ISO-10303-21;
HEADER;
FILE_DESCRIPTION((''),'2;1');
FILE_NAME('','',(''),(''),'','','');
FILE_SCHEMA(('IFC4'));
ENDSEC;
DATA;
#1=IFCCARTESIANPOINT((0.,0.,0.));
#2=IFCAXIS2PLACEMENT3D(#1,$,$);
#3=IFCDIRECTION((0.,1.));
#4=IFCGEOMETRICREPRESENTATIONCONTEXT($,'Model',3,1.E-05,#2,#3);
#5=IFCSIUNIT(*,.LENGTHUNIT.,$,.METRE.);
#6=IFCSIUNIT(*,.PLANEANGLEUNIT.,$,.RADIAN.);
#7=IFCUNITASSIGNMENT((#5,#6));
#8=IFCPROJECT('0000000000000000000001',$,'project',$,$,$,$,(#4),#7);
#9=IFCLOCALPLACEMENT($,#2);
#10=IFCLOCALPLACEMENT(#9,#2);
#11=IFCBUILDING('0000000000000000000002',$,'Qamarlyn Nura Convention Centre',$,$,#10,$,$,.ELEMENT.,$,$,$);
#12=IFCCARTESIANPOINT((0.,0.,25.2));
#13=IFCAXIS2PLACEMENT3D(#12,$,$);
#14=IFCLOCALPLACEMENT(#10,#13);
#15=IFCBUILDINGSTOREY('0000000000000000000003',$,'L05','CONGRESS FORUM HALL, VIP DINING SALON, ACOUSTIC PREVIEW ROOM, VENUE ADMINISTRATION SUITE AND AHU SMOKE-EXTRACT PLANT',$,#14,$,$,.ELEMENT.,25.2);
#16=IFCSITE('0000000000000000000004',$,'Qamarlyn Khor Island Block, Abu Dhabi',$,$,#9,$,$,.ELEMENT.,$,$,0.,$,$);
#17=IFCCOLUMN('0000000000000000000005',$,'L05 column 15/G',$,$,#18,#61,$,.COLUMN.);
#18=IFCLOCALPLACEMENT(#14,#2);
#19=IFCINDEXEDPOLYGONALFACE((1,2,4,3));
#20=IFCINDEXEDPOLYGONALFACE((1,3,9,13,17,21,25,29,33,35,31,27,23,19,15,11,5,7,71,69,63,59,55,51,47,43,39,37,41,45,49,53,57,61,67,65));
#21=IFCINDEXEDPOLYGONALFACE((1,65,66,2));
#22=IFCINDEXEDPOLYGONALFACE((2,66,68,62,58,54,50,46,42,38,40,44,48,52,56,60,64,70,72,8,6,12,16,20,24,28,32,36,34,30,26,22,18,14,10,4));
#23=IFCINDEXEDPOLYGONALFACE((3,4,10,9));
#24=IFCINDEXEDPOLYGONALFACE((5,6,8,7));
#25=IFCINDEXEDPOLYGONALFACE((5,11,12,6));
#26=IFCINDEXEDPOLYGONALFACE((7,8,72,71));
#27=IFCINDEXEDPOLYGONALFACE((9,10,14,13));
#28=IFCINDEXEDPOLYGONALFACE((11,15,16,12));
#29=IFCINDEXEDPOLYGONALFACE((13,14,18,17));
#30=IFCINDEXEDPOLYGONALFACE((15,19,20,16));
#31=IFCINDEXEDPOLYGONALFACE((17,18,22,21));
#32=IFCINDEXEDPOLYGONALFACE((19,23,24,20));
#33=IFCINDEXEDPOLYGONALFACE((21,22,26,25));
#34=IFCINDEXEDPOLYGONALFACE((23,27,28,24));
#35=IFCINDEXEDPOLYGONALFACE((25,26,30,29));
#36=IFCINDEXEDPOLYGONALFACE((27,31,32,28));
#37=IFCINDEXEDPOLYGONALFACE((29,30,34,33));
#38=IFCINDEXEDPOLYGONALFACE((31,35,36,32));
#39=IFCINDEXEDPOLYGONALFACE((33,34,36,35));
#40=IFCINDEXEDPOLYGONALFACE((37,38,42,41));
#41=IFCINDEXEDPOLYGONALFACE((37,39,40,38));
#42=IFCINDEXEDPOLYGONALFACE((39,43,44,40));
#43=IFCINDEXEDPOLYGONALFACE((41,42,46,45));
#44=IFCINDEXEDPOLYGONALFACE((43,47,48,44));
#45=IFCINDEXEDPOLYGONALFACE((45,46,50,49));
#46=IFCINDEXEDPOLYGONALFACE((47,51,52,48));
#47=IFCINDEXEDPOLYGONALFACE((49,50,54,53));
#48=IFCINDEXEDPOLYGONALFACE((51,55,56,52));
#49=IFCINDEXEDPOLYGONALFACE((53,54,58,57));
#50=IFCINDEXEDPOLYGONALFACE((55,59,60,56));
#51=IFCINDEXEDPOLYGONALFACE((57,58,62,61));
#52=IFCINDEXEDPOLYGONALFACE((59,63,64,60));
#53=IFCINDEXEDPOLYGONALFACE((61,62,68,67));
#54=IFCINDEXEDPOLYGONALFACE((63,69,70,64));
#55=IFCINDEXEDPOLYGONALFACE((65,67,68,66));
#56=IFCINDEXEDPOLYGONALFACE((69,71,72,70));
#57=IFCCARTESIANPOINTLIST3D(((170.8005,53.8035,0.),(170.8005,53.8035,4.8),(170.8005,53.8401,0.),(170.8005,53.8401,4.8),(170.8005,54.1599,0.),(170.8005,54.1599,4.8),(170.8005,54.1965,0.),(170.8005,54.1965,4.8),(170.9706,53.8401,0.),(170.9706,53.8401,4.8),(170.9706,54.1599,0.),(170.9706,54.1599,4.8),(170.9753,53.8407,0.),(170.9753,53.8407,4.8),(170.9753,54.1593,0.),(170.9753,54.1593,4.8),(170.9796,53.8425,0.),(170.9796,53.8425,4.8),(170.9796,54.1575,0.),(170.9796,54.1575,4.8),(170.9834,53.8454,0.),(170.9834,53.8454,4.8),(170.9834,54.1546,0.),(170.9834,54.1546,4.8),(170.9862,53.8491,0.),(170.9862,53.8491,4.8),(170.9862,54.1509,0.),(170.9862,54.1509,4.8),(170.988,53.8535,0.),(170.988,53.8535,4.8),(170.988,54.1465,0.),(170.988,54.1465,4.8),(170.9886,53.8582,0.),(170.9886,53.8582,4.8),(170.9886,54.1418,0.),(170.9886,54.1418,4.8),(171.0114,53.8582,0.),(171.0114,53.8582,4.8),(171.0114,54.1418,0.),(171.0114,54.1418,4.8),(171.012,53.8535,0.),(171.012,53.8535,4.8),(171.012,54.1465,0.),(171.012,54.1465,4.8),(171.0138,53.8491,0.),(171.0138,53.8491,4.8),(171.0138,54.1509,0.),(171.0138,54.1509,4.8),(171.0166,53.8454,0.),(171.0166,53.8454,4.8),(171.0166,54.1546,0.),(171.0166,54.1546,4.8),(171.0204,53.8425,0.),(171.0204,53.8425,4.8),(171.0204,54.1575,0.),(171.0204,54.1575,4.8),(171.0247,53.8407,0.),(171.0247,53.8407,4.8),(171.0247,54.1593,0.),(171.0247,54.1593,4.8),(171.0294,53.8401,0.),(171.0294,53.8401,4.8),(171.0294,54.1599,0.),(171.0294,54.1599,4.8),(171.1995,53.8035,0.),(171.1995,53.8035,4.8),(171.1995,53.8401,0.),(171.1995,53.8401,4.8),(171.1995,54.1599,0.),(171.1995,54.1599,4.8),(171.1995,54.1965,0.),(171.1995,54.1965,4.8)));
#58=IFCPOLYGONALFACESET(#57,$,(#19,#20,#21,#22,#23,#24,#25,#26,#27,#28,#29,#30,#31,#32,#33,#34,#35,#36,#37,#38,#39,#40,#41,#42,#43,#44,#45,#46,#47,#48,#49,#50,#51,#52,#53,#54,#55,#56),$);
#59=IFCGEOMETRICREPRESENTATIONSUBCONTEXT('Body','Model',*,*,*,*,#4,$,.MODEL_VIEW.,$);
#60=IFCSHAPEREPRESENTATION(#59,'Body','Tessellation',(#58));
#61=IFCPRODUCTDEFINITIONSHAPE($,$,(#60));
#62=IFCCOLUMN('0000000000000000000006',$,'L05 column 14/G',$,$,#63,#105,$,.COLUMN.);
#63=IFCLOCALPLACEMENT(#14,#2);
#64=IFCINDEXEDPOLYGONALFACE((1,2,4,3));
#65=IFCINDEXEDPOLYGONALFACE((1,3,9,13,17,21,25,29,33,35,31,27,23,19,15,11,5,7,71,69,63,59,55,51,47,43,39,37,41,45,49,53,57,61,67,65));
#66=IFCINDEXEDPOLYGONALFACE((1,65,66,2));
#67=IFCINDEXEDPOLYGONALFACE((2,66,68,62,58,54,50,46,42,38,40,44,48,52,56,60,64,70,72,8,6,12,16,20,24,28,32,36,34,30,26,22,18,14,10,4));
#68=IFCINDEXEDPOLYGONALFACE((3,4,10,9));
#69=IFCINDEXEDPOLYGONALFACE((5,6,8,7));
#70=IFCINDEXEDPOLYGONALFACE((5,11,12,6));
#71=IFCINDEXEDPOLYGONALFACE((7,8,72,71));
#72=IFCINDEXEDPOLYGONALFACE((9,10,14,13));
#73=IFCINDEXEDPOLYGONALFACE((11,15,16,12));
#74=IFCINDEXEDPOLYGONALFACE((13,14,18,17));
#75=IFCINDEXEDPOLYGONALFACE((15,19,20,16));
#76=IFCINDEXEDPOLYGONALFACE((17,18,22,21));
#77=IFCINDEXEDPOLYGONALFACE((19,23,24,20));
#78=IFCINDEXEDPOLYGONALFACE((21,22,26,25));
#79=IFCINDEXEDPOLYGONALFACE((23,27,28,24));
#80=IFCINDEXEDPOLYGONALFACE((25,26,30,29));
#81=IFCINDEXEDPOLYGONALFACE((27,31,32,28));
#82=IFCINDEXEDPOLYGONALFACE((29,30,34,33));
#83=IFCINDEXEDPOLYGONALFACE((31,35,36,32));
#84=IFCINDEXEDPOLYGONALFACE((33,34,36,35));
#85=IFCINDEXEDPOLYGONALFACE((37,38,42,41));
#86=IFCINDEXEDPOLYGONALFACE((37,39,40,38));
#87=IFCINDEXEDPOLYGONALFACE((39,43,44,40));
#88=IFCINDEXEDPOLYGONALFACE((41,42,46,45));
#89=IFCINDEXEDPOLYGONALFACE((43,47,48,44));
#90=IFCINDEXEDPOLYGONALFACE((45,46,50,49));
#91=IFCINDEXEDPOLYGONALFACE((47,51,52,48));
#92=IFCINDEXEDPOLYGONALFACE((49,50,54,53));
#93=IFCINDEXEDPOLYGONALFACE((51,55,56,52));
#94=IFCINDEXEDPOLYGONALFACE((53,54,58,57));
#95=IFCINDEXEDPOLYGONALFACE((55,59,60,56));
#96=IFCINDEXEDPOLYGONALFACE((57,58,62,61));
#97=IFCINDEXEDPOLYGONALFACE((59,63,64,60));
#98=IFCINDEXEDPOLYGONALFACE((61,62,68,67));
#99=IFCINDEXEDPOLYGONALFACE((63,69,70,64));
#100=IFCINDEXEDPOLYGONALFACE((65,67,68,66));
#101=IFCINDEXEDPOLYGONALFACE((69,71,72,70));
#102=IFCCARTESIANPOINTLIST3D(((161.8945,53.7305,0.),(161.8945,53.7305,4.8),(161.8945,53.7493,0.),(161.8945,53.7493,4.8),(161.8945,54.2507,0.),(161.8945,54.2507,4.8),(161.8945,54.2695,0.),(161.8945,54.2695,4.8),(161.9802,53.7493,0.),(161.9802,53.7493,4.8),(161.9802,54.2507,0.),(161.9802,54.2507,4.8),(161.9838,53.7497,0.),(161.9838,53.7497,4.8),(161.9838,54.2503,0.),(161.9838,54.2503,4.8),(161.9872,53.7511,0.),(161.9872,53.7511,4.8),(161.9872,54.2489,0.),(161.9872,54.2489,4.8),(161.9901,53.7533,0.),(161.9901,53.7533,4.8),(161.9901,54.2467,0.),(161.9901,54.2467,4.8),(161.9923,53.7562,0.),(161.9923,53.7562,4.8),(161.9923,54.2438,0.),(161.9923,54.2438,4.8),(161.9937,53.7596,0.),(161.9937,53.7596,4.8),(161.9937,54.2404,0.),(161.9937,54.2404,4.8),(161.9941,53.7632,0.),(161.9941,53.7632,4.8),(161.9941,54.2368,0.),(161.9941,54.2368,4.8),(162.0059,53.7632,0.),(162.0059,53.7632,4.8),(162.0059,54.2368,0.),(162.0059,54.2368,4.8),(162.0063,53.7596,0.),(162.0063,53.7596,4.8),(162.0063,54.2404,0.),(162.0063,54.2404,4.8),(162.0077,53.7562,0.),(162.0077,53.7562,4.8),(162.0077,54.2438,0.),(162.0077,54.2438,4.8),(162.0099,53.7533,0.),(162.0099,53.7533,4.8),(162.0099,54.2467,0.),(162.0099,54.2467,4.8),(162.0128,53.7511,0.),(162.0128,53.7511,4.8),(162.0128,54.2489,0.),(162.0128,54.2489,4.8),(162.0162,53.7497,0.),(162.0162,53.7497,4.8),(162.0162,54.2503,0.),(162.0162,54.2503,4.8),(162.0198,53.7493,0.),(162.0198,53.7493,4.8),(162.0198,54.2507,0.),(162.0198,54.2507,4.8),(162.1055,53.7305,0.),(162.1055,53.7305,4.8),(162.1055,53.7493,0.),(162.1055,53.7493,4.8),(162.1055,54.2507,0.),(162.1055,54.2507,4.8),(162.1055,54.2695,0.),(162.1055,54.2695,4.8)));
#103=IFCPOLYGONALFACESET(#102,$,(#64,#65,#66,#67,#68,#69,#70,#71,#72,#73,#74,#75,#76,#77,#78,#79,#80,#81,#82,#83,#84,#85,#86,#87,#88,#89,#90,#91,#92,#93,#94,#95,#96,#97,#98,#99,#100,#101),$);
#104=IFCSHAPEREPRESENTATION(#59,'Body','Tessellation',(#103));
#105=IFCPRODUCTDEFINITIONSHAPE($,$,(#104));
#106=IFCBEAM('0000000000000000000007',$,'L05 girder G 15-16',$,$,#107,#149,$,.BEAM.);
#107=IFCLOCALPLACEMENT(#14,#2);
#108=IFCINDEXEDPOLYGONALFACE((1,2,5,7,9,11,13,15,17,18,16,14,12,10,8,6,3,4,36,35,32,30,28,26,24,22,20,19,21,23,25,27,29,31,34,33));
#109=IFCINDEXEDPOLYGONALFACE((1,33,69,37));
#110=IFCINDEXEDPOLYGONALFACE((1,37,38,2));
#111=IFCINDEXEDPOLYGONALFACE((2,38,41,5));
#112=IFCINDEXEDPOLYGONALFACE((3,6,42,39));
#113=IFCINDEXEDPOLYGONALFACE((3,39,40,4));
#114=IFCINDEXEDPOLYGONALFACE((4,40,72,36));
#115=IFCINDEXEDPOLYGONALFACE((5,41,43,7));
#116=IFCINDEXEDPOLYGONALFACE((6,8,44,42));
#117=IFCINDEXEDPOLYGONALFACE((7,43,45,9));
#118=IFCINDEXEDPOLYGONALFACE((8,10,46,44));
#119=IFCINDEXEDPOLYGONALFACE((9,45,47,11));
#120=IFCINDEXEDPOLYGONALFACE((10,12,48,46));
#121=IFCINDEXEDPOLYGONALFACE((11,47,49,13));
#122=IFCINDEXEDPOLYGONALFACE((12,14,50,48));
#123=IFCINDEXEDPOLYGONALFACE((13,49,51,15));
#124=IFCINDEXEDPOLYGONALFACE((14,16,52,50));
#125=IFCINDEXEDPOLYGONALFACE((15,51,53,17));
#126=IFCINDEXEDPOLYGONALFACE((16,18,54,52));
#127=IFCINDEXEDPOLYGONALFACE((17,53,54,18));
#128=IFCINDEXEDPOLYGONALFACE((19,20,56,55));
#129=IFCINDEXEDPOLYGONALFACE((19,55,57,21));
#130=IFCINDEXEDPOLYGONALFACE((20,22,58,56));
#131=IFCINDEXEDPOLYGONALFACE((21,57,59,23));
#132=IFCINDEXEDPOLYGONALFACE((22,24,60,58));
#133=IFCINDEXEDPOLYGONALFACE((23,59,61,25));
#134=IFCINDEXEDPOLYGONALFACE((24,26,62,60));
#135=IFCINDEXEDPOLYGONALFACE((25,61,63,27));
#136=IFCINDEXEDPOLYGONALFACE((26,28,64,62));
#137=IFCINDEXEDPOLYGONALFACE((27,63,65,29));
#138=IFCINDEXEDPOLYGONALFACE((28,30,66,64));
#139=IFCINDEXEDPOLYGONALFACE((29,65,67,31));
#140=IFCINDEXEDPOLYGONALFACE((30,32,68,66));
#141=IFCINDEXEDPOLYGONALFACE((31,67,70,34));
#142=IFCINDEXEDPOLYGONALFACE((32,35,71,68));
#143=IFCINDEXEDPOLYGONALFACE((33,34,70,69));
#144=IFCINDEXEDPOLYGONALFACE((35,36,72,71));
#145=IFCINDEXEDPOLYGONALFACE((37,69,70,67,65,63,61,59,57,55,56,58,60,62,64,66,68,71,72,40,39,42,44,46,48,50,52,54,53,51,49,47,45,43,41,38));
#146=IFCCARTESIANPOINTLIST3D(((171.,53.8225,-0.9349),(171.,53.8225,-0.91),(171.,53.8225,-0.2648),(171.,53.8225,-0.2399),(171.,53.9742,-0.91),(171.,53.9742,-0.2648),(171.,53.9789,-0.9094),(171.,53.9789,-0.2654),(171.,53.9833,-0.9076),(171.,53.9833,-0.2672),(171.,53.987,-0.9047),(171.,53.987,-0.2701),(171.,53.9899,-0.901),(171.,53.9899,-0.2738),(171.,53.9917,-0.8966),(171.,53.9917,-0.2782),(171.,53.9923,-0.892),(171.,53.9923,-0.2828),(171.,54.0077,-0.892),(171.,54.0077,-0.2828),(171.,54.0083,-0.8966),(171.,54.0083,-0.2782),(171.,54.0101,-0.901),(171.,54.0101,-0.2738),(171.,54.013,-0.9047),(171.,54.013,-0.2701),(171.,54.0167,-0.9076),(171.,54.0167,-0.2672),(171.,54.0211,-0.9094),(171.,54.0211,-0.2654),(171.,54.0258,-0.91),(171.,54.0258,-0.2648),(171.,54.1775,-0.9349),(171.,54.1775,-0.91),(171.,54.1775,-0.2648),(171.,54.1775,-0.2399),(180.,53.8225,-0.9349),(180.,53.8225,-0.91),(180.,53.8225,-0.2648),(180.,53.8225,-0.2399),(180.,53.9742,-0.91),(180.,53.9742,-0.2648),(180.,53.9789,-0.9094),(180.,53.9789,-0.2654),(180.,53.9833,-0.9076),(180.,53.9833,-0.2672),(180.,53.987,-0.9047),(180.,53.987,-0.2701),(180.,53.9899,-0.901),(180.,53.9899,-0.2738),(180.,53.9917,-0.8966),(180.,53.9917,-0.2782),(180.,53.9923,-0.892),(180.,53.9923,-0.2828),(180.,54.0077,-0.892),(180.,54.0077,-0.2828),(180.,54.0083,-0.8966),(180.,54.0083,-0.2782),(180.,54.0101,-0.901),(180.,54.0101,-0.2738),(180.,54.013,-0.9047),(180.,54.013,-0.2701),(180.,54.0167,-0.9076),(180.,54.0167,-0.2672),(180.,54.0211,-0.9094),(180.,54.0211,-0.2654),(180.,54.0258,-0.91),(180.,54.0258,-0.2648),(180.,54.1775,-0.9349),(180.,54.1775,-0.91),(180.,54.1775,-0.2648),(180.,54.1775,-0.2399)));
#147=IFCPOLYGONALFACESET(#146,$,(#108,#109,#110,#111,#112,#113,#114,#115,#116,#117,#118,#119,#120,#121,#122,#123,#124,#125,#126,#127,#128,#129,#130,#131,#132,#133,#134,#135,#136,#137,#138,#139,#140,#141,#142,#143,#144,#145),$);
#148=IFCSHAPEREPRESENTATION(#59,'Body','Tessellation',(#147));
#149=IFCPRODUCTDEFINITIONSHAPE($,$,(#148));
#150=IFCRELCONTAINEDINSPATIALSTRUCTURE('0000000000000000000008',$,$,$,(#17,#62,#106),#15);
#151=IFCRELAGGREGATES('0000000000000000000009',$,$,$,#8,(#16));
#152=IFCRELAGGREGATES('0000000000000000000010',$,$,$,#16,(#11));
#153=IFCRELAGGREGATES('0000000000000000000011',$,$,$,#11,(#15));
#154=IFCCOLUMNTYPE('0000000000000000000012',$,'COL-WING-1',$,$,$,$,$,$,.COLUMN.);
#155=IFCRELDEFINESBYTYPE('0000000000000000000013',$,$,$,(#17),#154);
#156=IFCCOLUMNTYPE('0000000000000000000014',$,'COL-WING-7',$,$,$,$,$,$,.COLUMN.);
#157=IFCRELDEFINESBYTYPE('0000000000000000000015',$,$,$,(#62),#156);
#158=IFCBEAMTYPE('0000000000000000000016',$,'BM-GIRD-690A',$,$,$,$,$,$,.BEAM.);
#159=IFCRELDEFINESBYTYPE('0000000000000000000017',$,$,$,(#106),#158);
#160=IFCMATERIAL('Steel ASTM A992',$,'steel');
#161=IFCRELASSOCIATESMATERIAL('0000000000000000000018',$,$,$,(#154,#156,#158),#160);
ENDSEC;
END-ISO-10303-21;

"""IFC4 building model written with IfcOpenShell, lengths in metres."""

from ifc_helpers import new_model, si_unit, direction, frame, origin, origin_2d, place, context, subcontext, project, spatial, i_section, extrude, material, material_profile, profile_set, type_object, element, save


model = new_model("IFC4")

# Units and contexts
model_context = context("Model", 3, precision=1e-05, world=origin(), true_north=direction((0.0, 1.0)))
body_context = subcontext(model_context, "Body", "Model", "MODEL_VIEW")
ifc_project = project(units=[si_unit("LENGTHUNIT", "METRE"), si_unit("PLANEANGLEUNIT", "RADIAN")], contexts=[model_context])

# Site, building, storey
site_placement = place(None, origin())
site = spatial("IfcSite", under=ifc_project, at=site_placement, Name="Qamarlyn Khor Island Block, Abu Dhabi", CompositionType="ELEMENT", RefElevation=0.0)
building_placement = place(site_placement, origin())
building = spatial("IfcBuilding", under=site, at=building_placement, Name="Qamarlyn Nura Convention Centre", CompositionType="ELEMENT")
storey_placement = place(building_placement, frame((0.0, 0.0, 25.2)))
storey = spatial("IfcBuildingStorey", under=building, at=storey_placement, Name="L05", Description="CONGRESS FORUM HALL, VIP DINING SALON, ACOUSTIC PREVIEW ROOM, VENUE ADMINISTRATION SUITE AND AHU SMOKE-EXTRACT PLANT", CompositionType="ELEMENT", Elevation=25.2)

# Columns
ifc_material_1 = material(Name="Steel ASTM A992", Category="steel")
ifc_material_profile_1 = material_profile(ifc_material_1, i_section(OverallWidth=0.3989, OverallDepth=0.3931, WebThickness=0.0227, FlangeThickness=0.0366, FilletRadius=0.0181, at=origin_2d()), Name="W360X287")
ifc_profile_set_1 = profile_set([ifc_material_profile_1], Name="Steel ASTM A992")
column_type_1 = type_object("IfcColumnType", Name="COL-WING-1", PredefinedType="COLUMN", material=ifc_profile_set_1)
column_1_placement = place(storey_placement, frame((171.0, 54.0, 0.0), z_axis=(0.0, 0.0, 1.0), x_axis=(1.0, 0.0, 0.0)))
element("IfcColumn", 1, at=column_1_placement, inside=storey, type_object=column_type_1, Name="L05 column 15/G", PredefinedType="COLUMN", context=body_context, shape_type="SweptSolid", body=[
    extrude(i_section(OverallWidth=0.3989, OverallDepth=0.3931, WebThickness=0.0227, FlangeThickness=0.0366, FilletRadius=0.0181, at=origin_2d()), origin(), (0.0, 0.0, 1.0), 4.8),
])
ifc_material_profile_2 = material_profile(ifc_material_1, i_section(OverallWidth=0.2109, OverallDepth=0.5391, WebThickness=0.0117, FlangeThickness=0.0188, FilletRadius=0.0139, at=origin_2d()), Name="W530X109")
ifc_profile_set_2 = profile_set([ifc_material_profile_2], Name="Steel ASTM A992")
column_type_2 = type_object("IfcColumnType", Name="COL-WING-7", PredefinedType="COLUMN", material=ifc_profile_set_2)
column_2_placement = place(storey_placement, frame((162.0, 54.0, 0.0), z_axis=(0.0, 0.0, 1.0), x_axis=(1.0, 0.0, 0.0)))
element("IfcColumn", 2, at=column_2_placement, inside=storey, type_object=column_type_2, Name="L05 column 14/G", PredefinedType="COLUMN", context=body_context, shape_type="SweptSolid", body=[
    extrude(i_section(OverallWidth=0.2109, OverallDepth=0.5391, WebThickness=0.0117, FlangeThickness=0.0188, FilletRadius=0.0139, at=origin_2d()), origin(), (0.0, 0.0, 1.0), 4.8),
])

# Beam
ifc_material_profile_3 = material_profile(ifc_material_1, i_section(OverallWidth=0.355, OverallDepth=0.6951, WebThickness=0.0154, FlangeThickness=0.0249, FilletRadius=0.0181, at=origin_2d()), Name="W690X217")
ifc_profile_set_3 = profile_set([ifc_material_profile_3], Name="Steel ASTM A992")
beam_type_1 = type_object("IfcBeamType", Name="BM-GIRD-690A", PredefinedType="BEAM", material=ifc_profile_set_3)
beam_1_placement = place(storey_placement, frame((171.0, 54.0, -0.5874), z_axis=(1.0, 0.0, 0.0), x_axis=(0.0, 1.0, 0.0)))
element("IfcBeam", 3, at=beam_1_placement, inside=storey, type_object=beam_type_1, Name="L05 girder G 15-16", PredefinedType="BEAM", context=body_context, shape_type="SweptSolid", body=[
    extrude(i_section(OverallWidth=0.355, OverallDepth=0.6951, WebThickness=0.0154, FlangeThickness=0.0249, FilletRadius=0.0181, at=origin_2d()), origin(), (0.0, 0.0, 1.0), 9.0),
])

save(model, "model.ifc")
